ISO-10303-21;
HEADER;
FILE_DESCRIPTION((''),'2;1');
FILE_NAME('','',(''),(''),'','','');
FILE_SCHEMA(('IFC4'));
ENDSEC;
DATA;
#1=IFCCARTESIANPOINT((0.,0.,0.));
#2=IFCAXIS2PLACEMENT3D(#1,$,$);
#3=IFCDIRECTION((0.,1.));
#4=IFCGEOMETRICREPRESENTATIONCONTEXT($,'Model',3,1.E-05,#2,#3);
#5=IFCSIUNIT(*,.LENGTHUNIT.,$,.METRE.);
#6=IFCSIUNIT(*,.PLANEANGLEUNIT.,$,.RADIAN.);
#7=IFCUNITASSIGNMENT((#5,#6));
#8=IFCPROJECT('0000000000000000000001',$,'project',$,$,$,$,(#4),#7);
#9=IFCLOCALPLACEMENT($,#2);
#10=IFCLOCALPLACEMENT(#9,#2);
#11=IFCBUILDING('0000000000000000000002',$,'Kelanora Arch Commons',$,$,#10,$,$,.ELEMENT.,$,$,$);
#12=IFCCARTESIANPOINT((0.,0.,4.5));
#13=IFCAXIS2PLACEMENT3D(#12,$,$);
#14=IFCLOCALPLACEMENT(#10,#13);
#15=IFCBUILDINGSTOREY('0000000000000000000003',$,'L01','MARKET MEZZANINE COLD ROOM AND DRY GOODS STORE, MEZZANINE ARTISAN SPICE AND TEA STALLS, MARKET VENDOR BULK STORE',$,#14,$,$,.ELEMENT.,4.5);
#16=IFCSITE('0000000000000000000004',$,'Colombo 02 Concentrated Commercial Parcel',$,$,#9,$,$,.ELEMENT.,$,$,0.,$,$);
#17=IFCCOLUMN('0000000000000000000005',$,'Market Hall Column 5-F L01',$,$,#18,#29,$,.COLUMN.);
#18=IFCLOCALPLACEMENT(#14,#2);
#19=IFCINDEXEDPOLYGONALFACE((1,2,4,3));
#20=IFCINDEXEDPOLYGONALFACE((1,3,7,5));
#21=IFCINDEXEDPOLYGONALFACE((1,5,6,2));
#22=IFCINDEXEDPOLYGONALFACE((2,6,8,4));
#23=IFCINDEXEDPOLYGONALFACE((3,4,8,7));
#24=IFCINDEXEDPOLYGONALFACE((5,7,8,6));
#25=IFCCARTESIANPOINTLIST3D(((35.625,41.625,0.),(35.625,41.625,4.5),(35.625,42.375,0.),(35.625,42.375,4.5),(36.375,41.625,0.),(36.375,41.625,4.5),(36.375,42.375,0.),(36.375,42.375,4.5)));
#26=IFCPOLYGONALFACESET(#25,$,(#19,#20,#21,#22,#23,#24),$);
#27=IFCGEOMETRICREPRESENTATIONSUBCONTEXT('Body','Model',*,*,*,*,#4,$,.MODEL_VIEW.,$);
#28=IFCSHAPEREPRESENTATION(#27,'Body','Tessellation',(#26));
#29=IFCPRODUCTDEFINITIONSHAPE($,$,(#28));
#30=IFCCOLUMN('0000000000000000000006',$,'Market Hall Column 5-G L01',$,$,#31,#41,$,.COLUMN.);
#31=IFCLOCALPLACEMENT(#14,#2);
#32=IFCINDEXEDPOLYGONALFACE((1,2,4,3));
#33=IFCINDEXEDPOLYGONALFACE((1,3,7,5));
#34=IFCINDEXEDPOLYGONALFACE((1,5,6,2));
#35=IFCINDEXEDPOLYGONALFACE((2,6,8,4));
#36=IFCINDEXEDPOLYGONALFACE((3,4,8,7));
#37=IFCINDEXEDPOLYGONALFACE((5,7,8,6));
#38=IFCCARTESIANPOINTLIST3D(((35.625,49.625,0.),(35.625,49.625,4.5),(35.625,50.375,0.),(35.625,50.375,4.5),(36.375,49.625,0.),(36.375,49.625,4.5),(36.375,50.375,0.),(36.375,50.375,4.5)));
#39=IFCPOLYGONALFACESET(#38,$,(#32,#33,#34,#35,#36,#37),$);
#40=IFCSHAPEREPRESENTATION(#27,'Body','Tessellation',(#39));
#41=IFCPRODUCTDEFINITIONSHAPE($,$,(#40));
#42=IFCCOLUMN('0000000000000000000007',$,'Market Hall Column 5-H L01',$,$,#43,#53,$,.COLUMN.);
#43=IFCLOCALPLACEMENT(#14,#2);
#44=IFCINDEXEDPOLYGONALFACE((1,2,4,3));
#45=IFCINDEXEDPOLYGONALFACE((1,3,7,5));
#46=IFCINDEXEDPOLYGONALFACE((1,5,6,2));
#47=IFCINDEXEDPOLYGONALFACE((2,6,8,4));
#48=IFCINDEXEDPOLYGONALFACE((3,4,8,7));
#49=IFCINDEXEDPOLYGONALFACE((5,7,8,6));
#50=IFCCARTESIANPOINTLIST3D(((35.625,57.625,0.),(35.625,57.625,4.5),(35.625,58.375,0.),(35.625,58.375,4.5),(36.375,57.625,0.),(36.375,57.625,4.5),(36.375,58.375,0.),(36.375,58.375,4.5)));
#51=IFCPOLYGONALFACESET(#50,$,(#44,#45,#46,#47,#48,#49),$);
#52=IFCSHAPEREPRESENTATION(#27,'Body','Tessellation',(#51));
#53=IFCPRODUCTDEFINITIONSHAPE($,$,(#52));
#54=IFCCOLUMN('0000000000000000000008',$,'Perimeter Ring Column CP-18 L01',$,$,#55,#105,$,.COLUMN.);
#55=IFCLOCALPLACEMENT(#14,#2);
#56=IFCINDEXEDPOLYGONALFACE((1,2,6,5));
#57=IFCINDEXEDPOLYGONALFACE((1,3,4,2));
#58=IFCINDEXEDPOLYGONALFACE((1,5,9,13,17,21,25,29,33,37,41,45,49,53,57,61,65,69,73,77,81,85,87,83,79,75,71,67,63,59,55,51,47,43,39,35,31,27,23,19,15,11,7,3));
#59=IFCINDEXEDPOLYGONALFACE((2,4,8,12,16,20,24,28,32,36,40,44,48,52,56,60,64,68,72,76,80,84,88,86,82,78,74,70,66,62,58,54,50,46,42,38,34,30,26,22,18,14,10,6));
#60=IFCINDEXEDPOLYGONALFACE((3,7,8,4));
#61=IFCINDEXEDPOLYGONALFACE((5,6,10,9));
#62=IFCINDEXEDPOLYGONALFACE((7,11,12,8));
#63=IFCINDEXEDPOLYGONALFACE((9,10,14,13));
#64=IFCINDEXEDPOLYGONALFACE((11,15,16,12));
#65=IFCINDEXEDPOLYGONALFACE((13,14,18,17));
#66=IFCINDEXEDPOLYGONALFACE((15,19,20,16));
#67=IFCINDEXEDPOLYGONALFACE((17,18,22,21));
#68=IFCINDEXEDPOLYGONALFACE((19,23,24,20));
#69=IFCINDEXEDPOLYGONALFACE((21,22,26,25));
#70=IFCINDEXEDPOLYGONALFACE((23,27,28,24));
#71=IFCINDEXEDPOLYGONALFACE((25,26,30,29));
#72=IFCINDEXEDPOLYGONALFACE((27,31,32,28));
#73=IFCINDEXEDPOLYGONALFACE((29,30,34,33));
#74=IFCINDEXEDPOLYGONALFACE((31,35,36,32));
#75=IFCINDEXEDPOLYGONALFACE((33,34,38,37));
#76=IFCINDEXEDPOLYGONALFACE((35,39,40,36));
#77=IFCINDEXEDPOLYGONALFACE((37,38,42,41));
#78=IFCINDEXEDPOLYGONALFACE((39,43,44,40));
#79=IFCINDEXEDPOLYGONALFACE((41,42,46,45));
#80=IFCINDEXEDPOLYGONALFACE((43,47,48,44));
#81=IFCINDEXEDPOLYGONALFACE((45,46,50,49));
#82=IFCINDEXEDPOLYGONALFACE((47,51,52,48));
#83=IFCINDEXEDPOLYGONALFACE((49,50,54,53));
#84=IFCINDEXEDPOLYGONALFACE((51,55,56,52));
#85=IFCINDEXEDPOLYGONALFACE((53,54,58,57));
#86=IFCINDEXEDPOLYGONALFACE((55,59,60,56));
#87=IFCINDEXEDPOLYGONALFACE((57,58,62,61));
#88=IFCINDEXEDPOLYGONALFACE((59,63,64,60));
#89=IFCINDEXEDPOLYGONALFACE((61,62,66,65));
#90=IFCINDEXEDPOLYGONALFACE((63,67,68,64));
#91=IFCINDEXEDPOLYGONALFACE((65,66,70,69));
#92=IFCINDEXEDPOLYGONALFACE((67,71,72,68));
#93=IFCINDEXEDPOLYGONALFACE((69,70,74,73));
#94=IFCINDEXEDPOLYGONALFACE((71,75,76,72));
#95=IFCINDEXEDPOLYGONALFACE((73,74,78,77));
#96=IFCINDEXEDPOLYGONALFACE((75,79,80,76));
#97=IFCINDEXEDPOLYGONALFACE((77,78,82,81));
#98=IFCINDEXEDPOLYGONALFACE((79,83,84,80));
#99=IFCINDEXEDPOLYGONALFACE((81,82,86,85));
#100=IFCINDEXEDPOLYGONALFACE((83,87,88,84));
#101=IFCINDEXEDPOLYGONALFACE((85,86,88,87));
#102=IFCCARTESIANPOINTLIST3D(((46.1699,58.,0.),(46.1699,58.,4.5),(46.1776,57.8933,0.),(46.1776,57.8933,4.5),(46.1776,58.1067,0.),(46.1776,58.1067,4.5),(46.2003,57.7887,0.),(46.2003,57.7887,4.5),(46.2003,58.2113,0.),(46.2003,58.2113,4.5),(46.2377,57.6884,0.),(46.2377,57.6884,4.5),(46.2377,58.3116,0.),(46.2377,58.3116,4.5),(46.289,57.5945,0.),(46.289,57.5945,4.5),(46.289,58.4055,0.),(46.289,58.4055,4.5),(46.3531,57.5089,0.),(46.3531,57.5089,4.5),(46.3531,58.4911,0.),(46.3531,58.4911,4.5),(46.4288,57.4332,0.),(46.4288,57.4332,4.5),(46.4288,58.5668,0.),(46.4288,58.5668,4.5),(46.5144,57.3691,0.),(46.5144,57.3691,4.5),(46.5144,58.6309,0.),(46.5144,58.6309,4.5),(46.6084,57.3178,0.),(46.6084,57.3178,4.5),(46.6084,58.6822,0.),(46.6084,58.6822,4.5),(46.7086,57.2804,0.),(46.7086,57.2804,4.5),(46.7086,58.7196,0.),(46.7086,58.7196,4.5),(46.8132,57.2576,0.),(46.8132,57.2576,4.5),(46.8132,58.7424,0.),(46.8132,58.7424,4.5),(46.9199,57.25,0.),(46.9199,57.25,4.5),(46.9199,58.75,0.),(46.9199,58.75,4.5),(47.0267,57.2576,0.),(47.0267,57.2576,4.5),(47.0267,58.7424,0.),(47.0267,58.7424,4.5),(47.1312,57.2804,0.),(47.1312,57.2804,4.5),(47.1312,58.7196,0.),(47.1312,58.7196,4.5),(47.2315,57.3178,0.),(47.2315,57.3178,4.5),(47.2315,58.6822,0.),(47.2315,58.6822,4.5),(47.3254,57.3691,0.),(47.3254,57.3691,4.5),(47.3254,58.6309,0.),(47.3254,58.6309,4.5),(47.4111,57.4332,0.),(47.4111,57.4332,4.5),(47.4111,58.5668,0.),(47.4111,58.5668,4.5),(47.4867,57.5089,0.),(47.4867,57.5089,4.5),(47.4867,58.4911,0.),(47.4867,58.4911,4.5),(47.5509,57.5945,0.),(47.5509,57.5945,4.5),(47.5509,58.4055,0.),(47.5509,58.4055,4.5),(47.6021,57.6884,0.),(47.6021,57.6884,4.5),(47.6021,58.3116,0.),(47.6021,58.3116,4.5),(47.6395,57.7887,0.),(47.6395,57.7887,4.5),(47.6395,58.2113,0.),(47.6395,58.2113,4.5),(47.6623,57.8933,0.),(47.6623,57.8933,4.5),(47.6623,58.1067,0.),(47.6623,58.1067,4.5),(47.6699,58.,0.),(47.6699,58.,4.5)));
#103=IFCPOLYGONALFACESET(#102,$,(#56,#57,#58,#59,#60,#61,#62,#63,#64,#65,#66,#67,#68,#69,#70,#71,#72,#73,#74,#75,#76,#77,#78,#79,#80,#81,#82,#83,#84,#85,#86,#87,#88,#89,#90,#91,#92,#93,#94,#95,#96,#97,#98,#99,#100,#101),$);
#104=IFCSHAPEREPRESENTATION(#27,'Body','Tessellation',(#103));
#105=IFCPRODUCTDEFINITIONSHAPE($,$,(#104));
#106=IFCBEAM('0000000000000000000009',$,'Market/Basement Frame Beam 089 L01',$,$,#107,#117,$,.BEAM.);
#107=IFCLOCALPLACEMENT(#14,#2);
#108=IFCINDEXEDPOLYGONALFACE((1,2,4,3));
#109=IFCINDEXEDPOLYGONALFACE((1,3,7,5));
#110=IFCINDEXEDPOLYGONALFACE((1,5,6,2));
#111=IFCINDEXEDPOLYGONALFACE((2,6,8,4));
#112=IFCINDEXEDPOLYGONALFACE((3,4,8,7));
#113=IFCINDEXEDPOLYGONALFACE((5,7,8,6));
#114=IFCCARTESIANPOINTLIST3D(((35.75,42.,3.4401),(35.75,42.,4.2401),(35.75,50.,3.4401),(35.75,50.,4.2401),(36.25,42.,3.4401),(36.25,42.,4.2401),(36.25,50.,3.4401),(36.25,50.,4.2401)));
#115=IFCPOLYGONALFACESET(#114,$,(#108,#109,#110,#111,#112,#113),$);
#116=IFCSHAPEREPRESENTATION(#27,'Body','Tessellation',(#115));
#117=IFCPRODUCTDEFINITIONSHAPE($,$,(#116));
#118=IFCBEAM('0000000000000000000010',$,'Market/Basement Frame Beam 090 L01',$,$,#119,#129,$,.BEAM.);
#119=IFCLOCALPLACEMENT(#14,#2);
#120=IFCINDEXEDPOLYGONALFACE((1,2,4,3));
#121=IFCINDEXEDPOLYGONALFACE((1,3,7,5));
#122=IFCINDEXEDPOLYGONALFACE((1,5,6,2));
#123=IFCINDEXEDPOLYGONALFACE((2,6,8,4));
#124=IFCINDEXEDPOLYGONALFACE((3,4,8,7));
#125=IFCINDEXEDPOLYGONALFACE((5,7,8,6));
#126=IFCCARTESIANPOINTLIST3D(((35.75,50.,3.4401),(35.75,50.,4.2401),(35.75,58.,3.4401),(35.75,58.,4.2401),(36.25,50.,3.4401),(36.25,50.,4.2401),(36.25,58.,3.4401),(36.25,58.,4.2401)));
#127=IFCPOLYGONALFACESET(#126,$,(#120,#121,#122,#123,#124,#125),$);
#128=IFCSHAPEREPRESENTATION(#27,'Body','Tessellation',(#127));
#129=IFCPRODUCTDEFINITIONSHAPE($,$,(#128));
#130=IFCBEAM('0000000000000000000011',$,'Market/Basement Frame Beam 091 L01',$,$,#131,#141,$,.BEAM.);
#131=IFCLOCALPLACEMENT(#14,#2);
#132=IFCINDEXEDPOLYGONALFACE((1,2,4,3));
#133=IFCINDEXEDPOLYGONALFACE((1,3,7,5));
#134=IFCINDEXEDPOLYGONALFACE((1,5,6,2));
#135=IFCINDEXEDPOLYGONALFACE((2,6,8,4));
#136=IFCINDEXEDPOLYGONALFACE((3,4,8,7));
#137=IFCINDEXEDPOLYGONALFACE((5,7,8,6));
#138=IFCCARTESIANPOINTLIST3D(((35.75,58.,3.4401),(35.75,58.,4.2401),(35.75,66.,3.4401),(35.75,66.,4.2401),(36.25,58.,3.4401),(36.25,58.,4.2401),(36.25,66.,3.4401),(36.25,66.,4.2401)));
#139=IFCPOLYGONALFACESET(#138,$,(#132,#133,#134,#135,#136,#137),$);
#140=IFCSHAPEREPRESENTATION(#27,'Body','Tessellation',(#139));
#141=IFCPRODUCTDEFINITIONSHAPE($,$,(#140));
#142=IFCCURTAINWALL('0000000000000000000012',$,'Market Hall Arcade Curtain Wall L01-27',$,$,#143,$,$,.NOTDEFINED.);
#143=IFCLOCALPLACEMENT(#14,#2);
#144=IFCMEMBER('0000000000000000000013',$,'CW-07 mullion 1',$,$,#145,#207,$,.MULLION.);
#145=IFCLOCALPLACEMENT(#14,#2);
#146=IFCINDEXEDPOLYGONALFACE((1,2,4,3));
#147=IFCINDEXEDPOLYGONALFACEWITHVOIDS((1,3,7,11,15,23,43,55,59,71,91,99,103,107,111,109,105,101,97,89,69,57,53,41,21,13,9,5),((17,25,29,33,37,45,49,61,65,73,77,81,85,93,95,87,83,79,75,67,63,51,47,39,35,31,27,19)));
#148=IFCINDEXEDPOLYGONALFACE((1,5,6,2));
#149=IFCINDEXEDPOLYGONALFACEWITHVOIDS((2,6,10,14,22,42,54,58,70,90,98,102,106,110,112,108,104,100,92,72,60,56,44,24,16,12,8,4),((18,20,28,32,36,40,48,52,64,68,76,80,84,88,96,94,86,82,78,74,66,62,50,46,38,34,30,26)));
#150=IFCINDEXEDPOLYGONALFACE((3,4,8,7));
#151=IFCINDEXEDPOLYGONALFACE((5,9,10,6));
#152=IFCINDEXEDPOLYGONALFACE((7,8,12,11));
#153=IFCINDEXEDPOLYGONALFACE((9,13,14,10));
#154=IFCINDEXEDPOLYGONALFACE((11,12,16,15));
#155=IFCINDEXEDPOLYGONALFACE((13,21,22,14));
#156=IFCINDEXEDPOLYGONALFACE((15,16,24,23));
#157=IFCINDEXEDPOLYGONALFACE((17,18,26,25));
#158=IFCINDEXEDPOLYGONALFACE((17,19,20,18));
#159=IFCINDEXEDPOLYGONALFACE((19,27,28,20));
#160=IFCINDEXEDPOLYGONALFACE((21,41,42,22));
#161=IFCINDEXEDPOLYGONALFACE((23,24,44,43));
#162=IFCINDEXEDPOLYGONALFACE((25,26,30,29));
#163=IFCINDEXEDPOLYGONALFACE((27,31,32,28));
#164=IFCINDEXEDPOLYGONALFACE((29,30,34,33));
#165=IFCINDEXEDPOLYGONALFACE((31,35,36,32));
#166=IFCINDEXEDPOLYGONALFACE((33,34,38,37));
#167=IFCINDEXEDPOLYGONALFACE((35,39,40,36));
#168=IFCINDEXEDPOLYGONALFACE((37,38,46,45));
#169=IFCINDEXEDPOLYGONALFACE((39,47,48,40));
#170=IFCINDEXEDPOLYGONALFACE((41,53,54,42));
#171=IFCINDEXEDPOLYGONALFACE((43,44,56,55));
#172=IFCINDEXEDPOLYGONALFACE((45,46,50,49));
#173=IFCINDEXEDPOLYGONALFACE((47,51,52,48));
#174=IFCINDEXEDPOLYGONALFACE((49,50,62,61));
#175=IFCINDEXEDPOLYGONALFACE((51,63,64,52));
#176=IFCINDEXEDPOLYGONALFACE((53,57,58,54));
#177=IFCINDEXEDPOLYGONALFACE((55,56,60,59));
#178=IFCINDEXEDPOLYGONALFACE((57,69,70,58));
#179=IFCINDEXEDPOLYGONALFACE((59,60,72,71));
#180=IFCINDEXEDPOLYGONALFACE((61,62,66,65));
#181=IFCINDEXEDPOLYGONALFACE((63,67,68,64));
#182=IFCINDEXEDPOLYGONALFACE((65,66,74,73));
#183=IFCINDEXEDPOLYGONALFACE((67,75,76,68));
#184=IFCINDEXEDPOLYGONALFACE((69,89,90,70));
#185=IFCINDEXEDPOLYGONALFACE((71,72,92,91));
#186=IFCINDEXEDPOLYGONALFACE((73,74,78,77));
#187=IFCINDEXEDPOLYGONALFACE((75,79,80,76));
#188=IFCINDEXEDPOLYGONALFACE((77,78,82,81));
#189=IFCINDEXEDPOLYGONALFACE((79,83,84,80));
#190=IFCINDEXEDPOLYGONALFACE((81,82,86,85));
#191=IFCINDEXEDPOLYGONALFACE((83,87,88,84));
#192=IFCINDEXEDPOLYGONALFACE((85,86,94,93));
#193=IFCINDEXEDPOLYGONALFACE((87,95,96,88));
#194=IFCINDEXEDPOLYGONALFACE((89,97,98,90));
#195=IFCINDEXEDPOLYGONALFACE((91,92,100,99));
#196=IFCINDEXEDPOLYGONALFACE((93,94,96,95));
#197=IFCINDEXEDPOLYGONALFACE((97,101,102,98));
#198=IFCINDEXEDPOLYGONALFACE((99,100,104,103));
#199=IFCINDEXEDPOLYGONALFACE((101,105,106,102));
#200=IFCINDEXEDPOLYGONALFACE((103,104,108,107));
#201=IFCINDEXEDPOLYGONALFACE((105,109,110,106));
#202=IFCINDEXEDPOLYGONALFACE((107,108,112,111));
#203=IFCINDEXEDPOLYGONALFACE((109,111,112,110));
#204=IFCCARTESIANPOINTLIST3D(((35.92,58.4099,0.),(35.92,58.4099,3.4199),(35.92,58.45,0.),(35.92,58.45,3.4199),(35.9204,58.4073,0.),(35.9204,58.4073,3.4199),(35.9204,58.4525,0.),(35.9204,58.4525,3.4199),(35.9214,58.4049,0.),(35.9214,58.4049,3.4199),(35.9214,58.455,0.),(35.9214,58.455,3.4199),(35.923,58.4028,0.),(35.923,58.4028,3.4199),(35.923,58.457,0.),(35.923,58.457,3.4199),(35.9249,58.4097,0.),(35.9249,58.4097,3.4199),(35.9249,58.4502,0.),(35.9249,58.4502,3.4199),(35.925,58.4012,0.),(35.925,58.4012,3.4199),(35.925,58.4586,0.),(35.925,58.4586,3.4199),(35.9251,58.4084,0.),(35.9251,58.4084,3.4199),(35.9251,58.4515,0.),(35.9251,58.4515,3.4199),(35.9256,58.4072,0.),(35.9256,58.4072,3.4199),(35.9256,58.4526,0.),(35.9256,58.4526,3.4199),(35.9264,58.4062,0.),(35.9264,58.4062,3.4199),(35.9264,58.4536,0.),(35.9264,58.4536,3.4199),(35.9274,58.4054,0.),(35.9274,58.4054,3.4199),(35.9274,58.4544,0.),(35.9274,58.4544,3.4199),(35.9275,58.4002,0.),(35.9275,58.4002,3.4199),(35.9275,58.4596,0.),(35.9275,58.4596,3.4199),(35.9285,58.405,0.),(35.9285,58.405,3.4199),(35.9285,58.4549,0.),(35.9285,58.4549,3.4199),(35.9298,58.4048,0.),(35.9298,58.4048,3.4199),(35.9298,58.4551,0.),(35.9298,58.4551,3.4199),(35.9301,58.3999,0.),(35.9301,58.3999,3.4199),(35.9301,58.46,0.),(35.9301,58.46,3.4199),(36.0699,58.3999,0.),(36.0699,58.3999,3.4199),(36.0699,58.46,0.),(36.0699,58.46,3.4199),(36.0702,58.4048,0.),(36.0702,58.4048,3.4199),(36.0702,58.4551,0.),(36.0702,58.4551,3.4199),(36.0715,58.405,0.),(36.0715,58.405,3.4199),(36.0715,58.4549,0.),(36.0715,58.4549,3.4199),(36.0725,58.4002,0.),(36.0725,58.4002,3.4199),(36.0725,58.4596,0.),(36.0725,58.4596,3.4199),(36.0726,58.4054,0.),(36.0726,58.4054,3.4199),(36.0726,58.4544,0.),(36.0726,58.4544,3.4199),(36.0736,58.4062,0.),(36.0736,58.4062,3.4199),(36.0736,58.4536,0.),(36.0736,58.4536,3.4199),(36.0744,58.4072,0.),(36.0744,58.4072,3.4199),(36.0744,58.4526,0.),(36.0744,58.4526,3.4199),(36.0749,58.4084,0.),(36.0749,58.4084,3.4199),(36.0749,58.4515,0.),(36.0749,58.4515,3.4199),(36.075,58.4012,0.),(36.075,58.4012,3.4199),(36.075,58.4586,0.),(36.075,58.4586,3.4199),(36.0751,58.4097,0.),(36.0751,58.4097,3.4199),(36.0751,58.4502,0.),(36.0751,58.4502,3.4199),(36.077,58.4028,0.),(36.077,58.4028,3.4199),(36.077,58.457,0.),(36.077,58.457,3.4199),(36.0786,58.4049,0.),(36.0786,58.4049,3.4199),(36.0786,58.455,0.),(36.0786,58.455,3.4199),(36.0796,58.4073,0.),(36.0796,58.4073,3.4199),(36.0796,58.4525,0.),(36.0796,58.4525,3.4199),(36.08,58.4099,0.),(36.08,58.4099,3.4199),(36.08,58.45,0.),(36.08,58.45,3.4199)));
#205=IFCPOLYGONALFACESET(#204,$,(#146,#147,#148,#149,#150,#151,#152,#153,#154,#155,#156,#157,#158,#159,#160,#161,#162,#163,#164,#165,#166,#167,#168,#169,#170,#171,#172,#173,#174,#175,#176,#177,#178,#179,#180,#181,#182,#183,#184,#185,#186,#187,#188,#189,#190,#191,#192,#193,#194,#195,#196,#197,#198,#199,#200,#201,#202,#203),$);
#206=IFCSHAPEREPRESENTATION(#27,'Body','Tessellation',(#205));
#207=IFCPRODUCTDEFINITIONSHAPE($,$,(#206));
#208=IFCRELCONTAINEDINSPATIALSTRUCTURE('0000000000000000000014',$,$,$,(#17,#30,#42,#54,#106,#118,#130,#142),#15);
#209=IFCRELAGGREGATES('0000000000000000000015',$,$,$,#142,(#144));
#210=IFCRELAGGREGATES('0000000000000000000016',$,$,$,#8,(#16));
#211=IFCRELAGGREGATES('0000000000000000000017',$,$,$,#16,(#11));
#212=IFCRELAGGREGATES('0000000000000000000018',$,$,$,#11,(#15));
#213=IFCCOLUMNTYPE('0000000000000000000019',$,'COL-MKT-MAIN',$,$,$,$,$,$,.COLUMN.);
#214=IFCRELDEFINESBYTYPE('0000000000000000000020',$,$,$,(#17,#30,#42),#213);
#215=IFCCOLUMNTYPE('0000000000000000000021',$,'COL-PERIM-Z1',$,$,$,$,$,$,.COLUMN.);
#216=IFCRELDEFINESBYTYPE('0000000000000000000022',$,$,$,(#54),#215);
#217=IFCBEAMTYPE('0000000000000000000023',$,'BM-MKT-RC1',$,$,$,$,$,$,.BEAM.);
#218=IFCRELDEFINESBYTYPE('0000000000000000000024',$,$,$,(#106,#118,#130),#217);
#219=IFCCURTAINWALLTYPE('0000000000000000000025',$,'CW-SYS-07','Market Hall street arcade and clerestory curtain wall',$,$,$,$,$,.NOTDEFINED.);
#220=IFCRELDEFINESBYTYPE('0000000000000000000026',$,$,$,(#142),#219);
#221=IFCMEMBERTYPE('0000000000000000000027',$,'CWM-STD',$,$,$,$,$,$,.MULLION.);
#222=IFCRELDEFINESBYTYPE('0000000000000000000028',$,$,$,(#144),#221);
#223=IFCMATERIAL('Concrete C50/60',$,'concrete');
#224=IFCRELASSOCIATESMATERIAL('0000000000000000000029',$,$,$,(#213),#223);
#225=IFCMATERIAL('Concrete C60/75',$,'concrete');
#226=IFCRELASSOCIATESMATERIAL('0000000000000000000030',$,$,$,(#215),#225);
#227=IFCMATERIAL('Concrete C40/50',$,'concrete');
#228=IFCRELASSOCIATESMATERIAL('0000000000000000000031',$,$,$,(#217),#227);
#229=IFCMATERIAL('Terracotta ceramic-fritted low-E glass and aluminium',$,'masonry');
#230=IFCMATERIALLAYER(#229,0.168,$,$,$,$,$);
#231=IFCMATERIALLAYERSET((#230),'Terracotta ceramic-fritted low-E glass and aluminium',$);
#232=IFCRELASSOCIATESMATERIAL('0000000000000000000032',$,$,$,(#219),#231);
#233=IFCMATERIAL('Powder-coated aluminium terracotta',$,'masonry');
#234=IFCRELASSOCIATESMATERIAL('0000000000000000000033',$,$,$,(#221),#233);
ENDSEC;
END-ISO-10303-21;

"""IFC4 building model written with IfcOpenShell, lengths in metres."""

from ifc_helpers import new_model, si_unit, direction, frame, origin, origin_2d, place, context, subcontext, project, spatial, rectangle, hollow_rectangle, circle, extrude, material, layer, layer_set, material_profile, profile_set, type_object, element, aggregate, save


model = new_model("IFC4")

# Units and contexts
model_context = context("Model", 3, precision=1e-05, world=origin(), true_north=direction((0.0, 1.0)))
body_context = subcontext(model_context, "Body", "Model", "MODEL_VIEW")
ifc_project = project(units=[si_unit("LENGTHUNIT", "METRE"), si_unit("PLANEANGLEUNIT", "RADIAN")], contexts=[model_context])

# Site, building, storey
site_placement = place(None, origin())
site = spatial("IfcSite", under=ifc_project, at=site_placement, Name="Colombo 02 Concentrated Commercial Parcel", CompositionType="ELEMENT", RefElevation=0.0)
building_placement = place(site_placement, origin())
building = spatial("IfcBuilding", under=site, at=building_placement, Name="Kelanora Arch Commons", CompositionType="ELEMENT")
storey_placement = place(building_placement, frame((0.0, 0.0, 4.5)))
storey = spatial("IfcBuildingStorey", under=building, at=storey_placement, Name="L01", Description="MARKET MEZZANINE COLD ROOM AND DRY GOODS STORE, MEZZANINE ARTISAN SPICE AND TEA STALLS, MARKET VENDOR BULK STORE", CompositionType="ELEMENT", Elevation=4.5)

# Columns
ifc_material_1 = material(Name="Concrete C50/60", Category="concrete")
ifc_material_profile_1 = material_profile(ifc_material_1, rectangle(XDim=0.75, YDim=0.75, at=origin_2d()), Name="RC750x750")
ifc_profile_set_1 = profile_set([ifc_material_profile_1], Name="Concrete C50/60")
column_type_1 = type_object("IfcColumnType", Name="COL-MKT-MAIN", PredefinedType="COLUMN", material=ifc_profile_set_1)
for number, where, z_axis, x_axis, name in (
    (1, (36.0, 42.0, 0.0), (0.0, 0.0, 1.0), (1.0, 0.0, 0.0), "Market Hall Column 5-F L01"),
    (2, (36.0, 50.0, 0.0), (0.0, 0.0, 1.0), (1.0, 0.0, 0.0), "Market Hall Column 5-G L01"),
    (3, (36.0, 58.0, 0.0), (0.0, 0.0, 1.0), (1.0, 0.0, 0.0), "Market Hall Column 5-H L01"),
):
    element("IfcColumn", number, at=place(storey_placement, frame(where, z_axis=z_axis, x_axis=x_axis)), inside=storey, type_object=column_type_1, Name=name, PredefinedType="COLUMN", context=body_context, shape_type="SweptSolid", body=[
        extrude(rectangle(XDim=0.75, YDim=0.75, at=origin_2d()), origin(), (0.0, 0.0, 1.0), 4.5),
    ])
ifc_material_2 = material(Name="Concrete C60/75", Category="concrete")
ifc_material_profile_2 = material_profile(ifc_material_2, circle(Radius=0.75, at=origin_2d()), Name="RCC1500")
ifc_profile_set_2 = profile_set([ifc_material_profile_2], Name="Concrete C60/75")
column_type_2 = type_object("IfcColumnType", Name="COL-PERIM-Z1", PredefinedType="COLUMN", material=ifc_profile_set_2)
column_placement = place(storey_placement, frame((46.9199, 58.0, 0.0), z_axis=(0.0, 0.0, 1.0), x_axis=(1.0, 0.0, 0.0)))
element("IfcColumn", 4, at=column_placement, inside=storey, type_object=column_type_2, Name="Perimeter Ring Column CP-18 L01", PredefinedType="COLUMN", context=body_context, shape_type="SweptSolid", body=[
    extrude(circle(Radius=0.75, at=origin_2d()), origin(), (0.0, 0.0, 1.0), 4.5),
])

# Beams
ifc_material_3 = material(Name="Concrete C40/50", Category="concrete")
ifc_material_profile_3 = material_profile(ifc_material_3, rectangle(XDim=0.5, YDim=0.8, at=origin_2d()), Name="RCB500x800")
ifc_profile_set_3 = profile_set([ifc_material_profile_3], Name="Concrete C40/50")
beam_type = type_object("IfcBeamType", Name="BM-MKT-RC1", PredefinedType="BEAM", material=ifc_profile_set_3)
for number, where, z_axis, x_axis, name in (
    (5, (36.0, 42.0, 3.8401), (0.0, 1.0, 0.0), (-1.0, 0.0, 0.0), "Market/Basement Frame Beam 089 L01"),
    (6, (36.0, 50.0, 3.8401), (0.0, 1.0, 0.0), (-1.0, 0.0, 0.0), "Market/Basement Frame Beam 090 L01"),
    (7, (36.0, 58.0, 3.8401), (0.0, 1.0, 0.0), (-1.0, 0.0, 0.0), "Market/Basement Frame Beam 091 L01"),
):
    element("IfcBeam", number, at=place(storey_placement, frame(where, z_axis=z_axis, x_axis=x_axis)), inside=storey, type_object=beam_type, Name=name, PredefinedType="BEAM", context=body_context, shape_type="SweptSolid", body=[
        extrude(rectangle(XDim=0.5, YDim=0.8, at=origin_2d()), origin(), (0.0, 0.0, 1.0), 8.0),
    ])

# Curtain wall, member
ifc_material_4 = material(Name="Terracotta ceramic-fritted low-E glass and aluminium", Category="masonry")
ifc_layer_1 = layer(ifc_material_4, 0.168)
ifc_layer_set_1 = layer_set([ifc_layer_1], Name="Terracotta ceramic-fritted low-E glass and aluminium")
curtain_wall_type = type_object("IfcCurtainWallType", Name="CW-SYS-07", Description="Market Hall street arcade and clerestory curtain wall", PredefinedType="NOTDEFINED", material=ifc_layer_set_1)
curtain_wall_placement = place(storey_placement, origin())
curtain_wall = element("IfcCurtainWall", 8, at=curtain_wall_placement, inside=storey, type_object=curtain_wall_type, Name="Market Hall Arcade Curtain Wall L01-27", PredefinedType="NOTDEFINED")
ifc_material_5 = material(Name="Powder-coated aluminium terracotta", Category="masonry")
ifc_material_profile_4 = material_profile(ifc_material_5, hollow_rectangle(XDim=0.1599, YDim=0.0601, WallThickness=0.0049, InnerFilletRadius=0.0049, OuterFilletRadius=0.01, at=origin_2d()), Name="CWM160x60")
ifc_profile_set_4 = profile_set([ifc_material_profile_4], Name="Powder-coated aluminium terracotta")
member_type_1 = type_object("IfcMemberType", Name="CWM-STD", PredefinedType="MULLION", material=ifc_profile_set_4)
member_1_placement = place(storey_placement, frame((36.0, 58.4299, 0.0), z_axis=(0.0, 0.0, 1.0), x_axis=(-1.0, 0.0, 0.0)))
member_1 = element("IfcMember", 9, at=member_1_placement, type_object=member_type_1, Name="CW-07 mullion 1", PredefinedType="MULLION", context=body_context, shape_type="SweptSolid", body=[
    extrude(hollow_rectangle(XDim=0.1599, YDim=0.0601, WallThickness=0.0049, InnerFilletRadius=0.0049, OuterFilletRadius=0.01, at=origin_2d()), origin(), (0.0, 0.0, 1.0), 3.4199),
])
aggregate(curtain_wall, [member_1])

save(model, "model.ifc")
